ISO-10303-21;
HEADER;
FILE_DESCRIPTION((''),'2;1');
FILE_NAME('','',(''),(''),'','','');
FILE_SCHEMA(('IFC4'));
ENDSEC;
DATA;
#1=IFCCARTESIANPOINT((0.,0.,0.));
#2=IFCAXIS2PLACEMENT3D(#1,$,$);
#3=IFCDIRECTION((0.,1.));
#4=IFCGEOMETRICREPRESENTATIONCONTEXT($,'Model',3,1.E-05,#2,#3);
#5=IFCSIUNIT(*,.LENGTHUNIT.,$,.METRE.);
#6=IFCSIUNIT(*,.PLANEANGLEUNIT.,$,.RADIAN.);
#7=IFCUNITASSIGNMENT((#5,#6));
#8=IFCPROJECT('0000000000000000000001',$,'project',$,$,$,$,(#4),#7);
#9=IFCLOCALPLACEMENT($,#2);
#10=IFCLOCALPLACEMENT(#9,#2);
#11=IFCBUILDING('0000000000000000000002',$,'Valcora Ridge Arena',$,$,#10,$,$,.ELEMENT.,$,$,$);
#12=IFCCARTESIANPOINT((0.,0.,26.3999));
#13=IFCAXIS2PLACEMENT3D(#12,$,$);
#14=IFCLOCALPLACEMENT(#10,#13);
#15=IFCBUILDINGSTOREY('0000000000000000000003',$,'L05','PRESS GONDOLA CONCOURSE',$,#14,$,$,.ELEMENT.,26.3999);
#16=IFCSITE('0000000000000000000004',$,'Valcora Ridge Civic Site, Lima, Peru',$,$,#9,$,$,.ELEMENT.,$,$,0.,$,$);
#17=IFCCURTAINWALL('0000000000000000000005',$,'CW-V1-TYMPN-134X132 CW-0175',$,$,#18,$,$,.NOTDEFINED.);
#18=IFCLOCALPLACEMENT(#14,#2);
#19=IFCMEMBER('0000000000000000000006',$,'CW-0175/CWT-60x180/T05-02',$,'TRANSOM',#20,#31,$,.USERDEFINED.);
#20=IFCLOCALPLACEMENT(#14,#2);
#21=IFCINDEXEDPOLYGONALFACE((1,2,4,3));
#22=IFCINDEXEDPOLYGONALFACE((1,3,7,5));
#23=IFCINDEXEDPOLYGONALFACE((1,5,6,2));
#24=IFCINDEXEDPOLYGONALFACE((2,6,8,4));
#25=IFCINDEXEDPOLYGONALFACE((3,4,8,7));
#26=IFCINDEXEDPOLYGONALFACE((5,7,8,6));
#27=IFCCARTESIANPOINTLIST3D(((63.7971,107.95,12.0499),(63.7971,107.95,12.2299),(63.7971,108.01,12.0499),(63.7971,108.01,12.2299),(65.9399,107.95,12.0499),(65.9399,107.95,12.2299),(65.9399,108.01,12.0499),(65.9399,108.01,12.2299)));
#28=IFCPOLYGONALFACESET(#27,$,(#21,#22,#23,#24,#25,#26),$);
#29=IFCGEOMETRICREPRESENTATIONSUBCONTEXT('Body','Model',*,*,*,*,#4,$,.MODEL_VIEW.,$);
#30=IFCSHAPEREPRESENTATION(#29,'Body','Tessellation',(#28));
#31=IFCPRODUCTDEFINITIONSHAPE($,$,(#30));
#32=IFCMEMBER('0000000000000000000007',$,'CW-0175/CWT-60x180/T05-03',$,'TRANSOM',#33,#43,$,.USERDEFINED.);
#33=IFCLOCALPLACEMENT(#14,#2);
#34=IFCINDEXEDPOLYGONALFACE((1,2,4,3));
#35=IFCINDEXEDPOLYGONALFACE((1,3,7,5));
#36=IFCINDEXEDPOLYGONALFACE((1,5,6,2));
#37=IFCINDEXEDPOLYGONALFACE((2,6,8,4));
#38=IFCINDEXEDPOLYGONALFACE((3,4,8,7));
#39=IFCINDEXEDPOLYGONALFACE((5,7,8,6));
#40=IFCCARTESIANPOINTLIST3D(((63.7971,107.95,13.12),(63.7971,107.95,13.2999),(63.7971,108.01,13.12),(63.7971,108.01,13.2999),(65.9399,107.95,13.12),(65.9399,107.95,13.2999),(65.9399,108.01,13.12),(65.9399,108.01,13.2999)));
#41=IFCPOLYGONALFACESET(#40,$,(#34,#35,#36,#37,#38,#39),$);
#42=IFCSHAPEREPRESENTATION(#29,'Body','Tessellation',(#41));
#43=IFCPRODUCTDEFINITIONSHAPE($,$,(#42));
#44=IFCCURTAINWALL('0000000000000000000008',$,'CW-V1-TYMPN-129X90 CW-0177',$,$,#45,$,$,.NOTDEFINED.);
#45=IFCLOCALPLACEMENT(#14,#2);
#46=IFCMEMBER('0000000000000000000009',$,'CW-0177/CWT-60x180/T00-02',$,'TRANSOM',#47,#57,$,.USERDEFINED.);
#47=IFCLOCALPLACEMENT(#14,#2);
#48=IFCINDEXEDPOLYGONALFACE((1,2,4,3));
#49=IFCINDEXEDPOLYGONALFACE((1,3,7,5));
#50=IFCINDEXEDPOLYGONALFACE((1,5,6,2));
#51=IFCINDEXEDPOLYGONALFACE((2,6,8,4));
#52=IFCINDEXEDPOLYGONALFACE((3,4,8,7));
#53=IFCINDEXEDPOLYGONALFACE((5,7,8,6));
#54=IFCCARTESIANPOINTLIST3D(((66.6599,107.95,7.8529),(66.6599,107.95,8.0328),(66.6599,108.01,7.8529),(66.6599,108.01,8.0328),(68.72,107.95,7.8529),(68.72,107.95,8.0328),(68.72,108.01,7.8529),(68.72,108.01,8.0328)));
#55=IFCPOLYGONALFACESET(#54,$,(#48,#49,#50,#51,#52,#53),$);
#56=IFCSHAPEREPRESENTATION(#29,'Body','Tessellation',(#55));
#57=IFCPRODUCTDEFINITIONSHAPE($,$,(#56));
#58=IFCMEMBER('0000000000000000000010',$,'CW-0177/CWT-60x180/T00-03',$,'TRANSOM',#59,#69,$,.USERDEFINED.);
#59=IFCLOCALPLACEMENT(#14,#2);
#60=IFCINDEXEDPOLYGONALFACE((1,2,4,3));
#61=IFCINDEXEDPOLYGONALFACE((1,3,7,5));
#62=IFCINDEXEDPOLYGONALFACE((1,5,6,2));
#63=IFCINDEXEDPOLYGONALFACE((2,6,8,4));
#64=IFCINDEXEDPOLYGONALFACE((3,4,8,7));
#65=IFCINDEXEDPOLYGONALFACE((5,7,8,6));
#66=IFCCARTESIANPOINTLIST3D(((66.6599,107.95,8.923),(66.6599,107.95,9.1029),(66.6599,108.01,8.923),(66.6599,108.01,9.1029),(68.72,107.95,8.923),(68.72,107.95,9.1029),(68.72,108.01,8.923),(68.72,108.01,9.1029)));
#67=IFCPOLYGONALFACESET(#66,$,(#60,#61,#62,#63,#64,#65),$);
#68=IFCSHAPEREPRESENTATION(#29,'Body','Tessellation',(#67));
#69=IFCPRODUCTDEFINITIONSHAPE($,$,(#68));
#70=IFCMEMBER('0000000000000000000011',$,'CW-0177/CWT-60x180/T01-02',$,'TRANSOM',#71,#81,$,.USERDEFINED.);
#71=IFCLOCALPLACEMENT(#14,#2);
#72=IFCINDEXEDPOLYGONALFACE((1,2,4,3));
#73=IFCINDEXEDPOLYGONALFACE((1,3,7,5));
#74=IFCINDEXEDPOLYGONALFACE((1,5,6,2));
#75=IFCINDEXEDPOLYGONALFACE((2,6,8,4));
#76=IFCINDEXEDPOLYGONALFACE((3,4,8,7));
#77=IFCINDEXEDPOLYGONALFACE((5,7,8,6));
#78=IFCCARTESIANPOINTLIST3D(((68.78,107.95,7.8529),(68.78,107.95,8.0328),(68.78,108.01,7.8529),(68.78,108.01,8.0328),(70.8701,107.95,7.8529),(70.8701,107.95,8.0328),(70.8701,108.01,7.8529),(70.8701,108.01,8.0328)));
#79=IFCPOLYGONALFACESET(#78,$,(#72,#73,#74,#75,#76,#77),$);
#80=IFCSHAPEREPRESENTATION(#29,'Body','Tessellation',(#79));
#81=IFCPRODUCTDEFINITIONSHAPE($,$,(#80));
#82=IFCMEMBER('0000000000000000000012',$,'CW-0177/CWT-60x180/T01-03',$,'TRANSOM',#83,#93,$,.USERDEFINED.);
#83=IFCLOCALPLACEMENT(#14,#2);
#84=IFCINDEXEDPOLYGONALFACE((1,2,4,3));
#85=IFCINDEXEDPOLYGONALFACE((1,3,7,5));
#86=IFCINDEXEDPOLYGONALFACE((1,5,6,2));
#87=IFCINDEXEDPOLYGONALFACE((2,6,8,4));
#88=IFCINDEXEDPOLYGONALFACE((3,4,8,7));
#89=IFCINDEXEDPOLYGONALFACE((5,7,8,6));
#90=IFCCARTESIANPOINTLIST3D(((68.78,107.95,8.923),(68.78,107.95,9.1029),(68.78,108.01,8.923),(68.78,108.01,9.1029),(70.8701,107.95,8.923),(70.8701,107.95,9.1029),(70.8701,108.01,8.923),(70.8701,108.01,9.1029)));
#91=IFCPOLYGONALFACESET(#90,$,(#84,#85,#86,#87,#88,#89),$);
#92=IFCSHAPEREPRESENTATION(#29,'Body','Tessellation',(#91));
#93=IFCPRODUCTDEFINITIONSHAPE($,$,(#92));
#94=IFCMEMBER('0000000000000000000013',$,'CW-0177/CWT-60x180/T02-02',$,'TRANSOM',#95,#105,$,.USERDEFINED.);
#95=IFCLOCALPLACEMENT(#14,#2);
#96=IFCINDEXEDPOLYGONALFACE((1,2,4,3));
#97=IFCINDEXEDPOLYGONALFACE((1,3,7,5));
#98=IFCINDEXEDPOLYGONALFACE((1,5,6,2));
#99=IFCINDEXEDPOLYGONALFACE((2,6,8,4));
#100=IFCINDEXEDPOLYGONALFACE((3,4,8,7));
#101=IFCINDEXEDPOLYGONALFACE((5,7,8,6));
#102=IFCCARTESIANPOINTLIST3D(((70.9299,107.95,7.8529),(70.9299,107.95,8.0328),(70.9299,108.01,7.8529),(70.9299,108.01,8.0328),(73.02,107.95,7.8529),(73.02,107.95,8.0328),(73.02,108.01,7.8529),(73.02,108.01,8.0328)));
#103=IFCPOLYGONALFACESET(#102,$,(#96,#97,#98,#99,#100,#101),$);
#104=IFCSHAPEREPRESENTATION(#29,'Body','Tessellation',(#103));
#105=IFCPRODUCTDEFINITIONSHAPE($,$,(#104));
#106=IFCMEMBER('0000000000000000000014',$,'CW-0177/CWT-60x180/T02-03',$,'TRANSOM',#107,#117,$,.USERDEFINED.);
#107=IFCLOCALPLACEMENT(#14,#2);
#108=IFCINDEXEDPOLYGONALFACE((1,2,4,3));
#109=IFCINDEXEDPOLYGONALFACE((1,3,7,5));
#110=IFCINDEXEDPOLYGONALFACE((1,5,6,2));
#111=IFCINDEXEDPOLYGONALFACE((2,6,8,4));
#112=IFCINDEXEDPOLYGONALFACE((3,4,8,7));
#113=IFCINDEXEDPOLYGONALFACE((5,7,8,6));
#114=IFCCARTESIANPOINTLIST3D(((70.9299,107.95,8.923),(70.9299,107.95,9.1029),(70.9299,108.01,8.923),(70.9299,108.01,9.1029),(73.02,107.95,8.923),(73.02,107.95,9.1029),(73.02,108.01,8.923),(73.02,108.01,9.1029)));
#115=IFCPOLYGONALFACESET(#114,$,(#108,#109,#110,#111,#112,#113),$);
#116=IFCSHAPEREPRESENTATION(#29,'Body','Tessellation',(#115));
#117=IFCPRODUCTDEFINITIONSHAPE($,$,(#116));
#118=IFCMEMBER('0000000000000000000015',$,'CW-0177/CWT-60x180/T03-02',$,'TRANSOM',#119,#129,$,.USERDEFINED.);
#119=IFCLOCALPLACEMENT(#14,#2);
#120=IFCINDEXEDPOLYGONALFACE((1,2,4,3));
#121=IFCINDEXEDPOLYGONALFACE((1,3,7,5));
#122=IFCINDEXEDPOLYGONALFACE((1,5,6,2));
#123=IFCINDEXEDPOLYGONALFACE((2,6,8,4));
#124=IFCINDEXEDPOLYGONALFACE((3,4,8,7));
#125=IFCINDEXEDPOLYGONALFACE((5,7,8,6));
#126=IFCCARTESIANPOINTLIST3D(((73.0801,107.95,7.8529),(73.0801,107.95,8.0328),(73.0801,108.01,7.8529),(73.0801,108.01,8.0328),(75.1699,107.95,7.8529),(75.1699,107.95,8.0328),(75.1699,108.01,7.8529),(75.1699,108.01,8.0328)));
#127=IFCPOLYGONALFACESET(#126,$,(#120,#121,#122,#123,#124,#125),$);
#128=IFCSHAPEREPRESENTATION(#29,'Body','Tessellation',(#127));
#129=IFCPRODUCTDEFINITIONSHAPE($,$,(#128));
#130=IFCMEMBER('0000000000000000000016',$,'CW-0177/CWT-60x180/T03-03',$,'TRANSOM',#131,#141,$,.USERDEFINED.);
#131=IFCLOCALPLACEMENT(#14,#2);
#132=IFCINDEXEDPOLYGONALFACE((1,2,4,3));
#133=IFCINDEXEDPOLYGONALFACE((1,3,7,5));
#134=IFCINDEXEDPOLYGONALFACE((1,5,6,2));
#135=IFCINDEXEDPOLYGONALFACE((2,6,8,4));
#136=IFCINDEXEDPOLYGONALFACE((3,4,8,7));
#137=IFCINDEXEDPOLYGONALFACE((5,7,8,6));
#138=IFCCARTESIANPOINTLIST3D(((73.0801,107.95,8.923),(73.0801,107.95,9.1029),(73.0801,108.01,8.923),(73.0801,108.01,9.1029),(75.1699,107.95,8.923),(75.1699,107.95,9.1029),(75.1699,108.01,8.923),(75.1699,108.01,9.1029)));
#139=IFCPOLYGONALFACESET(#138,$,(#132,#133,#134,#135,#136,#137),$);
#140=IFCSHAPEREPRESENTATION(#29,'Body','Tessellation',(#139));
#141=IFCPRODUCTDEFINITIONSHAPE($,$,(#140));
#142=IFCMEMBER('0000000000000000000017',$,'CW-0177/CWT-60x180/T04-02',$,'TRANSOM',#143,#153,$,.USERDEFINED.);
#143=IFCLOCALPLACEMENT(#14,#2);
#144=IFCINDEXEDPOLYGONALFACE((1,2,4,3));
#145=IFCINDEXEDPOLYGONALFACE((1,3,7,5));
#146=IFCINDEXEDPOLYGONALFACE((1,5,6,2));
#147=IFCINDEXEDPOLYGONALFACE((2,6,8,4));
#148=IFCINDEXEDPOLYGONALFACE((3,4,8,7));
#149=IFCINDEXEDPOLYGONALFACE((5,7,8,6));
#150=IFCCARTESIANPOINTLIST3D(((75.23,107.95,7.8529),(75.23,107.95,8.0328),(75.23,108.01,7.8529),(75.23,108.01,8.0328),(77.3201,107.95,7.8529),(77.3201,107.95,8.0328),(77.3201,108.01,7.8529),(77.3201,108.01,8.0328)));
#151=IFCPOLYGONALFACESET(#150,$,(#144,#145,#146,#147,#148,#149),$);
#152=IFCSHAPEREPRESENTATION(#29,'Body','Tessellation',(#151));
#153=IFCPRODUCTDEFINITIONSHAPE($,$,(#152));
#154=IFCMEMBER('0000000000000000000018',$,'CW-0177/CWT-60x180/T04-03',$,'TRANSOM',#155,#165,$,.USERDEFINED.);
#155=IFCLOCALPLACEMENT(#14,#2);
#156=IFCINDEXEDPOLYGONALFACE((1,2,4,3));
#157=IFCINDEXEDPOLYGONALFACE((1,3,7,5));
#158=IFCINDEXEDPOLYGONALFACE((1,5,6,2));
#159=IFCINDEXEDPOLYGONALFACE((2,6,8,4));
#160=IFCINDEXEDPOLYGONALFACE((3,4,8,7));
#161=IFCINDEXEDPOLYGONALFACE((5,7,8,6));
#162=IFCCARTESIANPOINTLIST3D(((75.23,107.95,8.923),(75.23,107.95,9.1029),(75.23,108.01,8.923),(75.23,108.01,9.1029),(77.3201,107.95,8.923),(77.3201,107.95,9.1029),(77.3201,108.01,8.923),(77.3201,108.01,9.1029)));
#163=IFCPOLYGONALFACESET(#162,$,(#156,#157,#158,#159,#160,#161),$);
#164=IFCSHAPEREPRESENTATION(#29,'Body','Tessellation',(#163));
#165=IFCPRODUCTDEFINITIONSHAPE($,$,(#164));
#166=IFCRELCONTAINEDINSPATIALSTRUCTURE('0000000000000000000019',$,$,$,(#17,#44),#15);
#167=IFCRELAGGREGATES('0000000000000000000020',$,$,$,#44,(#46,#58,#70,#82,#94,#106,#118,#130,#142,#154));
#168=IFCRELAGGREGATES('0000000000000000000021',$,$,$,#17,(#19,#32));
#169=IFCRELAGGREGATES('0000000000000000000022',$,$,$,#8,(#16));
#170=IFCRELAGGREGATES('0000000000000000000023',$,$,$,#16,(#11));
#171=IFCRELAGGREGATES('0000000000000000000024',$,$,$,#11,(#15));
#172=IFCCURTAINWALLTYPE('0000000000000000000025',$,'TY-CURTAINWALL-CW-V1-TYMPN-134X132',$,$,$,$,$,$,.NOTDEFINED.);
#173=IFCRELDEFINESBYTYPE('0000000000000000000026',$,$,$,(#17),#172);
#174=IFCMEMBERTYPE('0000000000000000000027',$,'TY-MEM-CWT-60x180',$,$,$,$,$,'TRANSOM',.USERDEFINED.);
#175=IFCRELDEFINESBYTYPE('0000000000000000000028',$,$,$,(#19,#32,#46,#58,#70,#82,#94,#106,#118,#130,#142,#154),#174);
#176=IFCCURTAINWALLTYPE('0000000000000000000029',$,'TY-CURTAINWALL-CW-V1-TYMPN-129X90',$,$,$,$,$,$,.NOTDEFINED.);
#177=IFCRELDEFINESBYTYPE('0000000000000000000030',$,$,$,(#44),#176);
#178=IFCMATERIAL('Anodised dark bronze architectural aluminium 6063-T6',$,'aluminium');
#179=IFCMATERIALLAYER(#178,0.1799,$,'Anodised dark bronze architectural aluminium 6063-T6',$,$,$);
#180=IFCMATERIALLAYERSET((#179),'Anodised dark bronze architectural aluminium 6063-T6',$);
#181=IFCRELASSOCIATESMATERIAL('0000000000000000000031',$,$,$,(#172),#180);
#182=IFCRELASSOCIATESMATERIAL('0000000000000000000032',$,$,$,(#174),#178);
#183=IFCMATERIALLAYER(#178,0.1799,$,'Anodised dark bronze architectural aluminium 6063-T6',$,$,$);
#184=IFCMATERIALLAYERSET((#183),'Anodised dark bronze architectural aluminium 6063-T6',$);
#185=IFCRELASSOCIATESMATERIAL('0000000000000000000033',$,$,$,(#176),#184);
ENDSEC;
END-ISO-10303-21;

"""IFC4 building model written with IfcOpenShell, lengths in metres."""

from ifc_helpers import new_model, si_unit, direction, frame, origin, origin_2d, place, context, subcontext, project, spatial, rectangle, extrude, material, layer, layer_set, material_profile, profile_set, type_object, element, aggregate, save


model = new_model("IFC4")

# Units and contexts
model_context = context("Model", 3, precision=1e-05, world=origin(), true_north=direction((0.0, 1.0)))
body_context = subcontext(model_context, "Body", "Model", "MODEL_VIEW")
ifc_project = project(units=[si_unit("LENGTHUNIT", "METRE"), si_unit("PLANEANGLEUNIT", "RADIAN")], contexts=[model_context])

# Site, building, storey
site_placement = place(None, origin())
site = spatial("IfcSite", under=ifc_project, at=site_placement, Name="Valcora Ridge Civic Site, Lima, Peru", CompositionType="ELEMENT", RefElevation=0.0)
building_placement = place(site_placement, origin())
building = spatial("IfcBuilding", under=site, at=building_placement, Name="Valcora Ridge Arena", CompositionType="ELEMENT")
storey_placement = place(building_placement, frame((0.0, 0.0, 26.3999)))
storey = spatial("IfcBuildingStorey", under=building, at=storey_placement, Name="L05", Description="PRESS GONDOLA CONCOURSE", CompositionType="ELEMENT", Elevation=26.3999)

# Curtain walls, members
ifc_material_1 = material(Name="Anodised dark bronze architectural aluminium 6063-T6", Category="aluminium")
ifc_layer_1 = layer(ifc_material_1, 0.1799, Name="Anodised dark bronze architectural aluminium 6063-T6")
ifc_layer_set_1 = layer_set([ifc_layer_1], Name="Anodised dark bronze architectural aluminium 6063-T6")
curtain_wall_type_1 = type_object("IfcCurtainWallType", Name="TY-CURTAINWALL-CW-V1-TYMPN-134X132", PredefinedType="NOTDEFINED", material=ifc_layer_set_1)
curtain_wall_1_placement = place(storey_placement, origin())
curtain_wall_1 = element("IfcCurtainWall", 1, at=curtain_wall_1_placement, inside=storey, type_object=curtain_wall_type_1, Name="CW-V1-TYMPN-134X132 CW-0175", PredefinedType="NOTDEFINED")
ifc_material_profile_1 = material_profile(ifc_material_1, rectangle(XDim=0.0601, YDim=0.1799, at=origin_2d()), Name="ALU TRANSOM 60x180")
ifc_profile_set_1 = profile_set([ifc_material_profile_1], Name="Anodised dark bronze architectural aluminium 6063-T6")
member_type_1 = type_object("IfcMemberType", Name="TY-MEM-CWT-60x180", ElementType="TRANSOM", PredefinedType="USERDEFINED", material=ifc_profile_set_1)
member_1_placement = place(storey_placement, frame((63.7971, 107.98, 12.1399), z_axis=(1.0, 0.0, 0.0), x_axis=(0.0, 1.0, 0.0)))
member_1 = element("IfcMember", 2, at=member_1_placement, type_object=member_type_1, Name="CW-0175/CWT-60x180/T05-02", ObjectType="TRANSOM", PredefinedType="USERDEFINED", context=body_context, shape_type="SweptSolid", body=[
    extrude(rectangle(XDim=0.0601, YDim=0.1799, at=origin_2d()), origin(), (0.0, 0.0, 1.0), 2.1428),
])
member_2_placement = place(storey_placement, frame((63.7971, 107.98, 13.21), z_axis=(1.0, 0.0, 0.0), x_axis=(0.0, 1.0, 0.0)))
member_2 = element("IfcMember", 3, at=member_2_placement, type_object=member_type_1, Name="CW-0175/CWT-60x180/T05-03", ObjectType="TRANSOM", PredefinedType="USERDEFINED", context=body_context, shape_type="SweptSolid", body=[
    extrude(rectangle(XDim=0.0601, YDim=0.1799, at=origin_2d()), origin(), (0.0, 0.0, 1.0), 2.1428),
])
ifc_layer_2 = layer(ifc_material_1, 0.1799, Name="Anodised dark bronze architectural aluminium 6063-T6")
ifc_layer_set_2 = layer_set([ifc_layer_2], Name="Anodised dark bronze architectural aluminium 6063-T6")
curtain_wall_type_2 = type_object("IfcCurtainWallType", Name="TY-CURTAINWALL-CW-V1-TYMPN-129X90", PredefinedType="NOTDEFINED", material=ifc_layer_set_2)
curtain_wall_2_placement = place(storey_placement, origin())
curtain_wall_2 = element("IfcCurtainWall", 4, at=curtain_wall_2_placement, inside=storey, type_object=curtain_wall_type_2, Name="CW-V1-TYMPN-129X90 CW-0177", PredefinedType="NOTDEFINED")
member_3_placement = place(storey_placement, frame((66.6599, 107.98, 7.9429), z_axis=(1.0, 0.0, 0.0), x_axis=(0.0, 1.0, 0.0)))
member_3 = element("IfcMember", 5, at=member_3_placement, type_object=member_type_1, Name="CW-0177/CWT-60x180/T00-02", ObjectType="TRANSOM", PredefinedType="USERDEFINED", context=body_context, shape_type="SweptSolid", body=[
    extrude(rectangle(XDim=0.0601, YDim=0.1799, at=origin_2d()), origin(), (0.0, 0.0, 1.0), 2.0601),
])
member_4_placement = place(storey_placement, frame((66.6599, 107.98, 9.0129), z_axis=(1.0, 0.0, 0.0), x_axis=(0.0, 1.0, 0.0)))
member_4 = element("IfcMember", 6, at=member_4_placement, type_object=member_type_1, Name="CW-0177/CWT-60x180/T00-03", ObjectType="TRANSOM", PredefinedType="USERDEFINED", context=body_context, shape_type="SweptSolid", body=[
    extrude(rectangle(XDim=0.0601, YDim=0.1799, at=origin_2d()), origin(), (0.0, 0.0, 1.0), 2.0601),
])
member_5_placement = place(storey_placement, frame((68.78, 107.98, 7.9429), z_axis=(1.0, 0.0, 0.0), x_axis=(0.0, 1.0, 0.0)))
member_5 = element("IfcMember", 7, at=member_5_placement, type_object=member_type_1, Name="CW-0177/CWT-60x180/T01-02", ObjectType="TRANSOM", PredefinedType="USERDEFINED", context=body_context, shape_type="SweptSolid", body=[
    extrude(rectangle(XDim=0.0601, YDim=0.1799, at=origin_2d()), origin(), (0.0, 0.0, 1.0), 2.0901),
])
member_6_placement = place(storey_placement, frame((68.78, 107.98, 9.0129), z_axis=(1.0, 0.0, 0.0), x_axis=(0.0, 1.0, 0.0)))
member_6 = element("IfcMember", 8, at=member_6_placement, type_object=member_type_1, Name="CW-0177/CWT-60x180/T01-03", ObjectType="TRANSOM", PredefinedType="USERDEFINED", context=body_context, shape_type="SweptSolid", body=[
    extrude(rectangle(XDim=0.0601, YDim=0.1799, at=origin_2d()), origin(), (0.0, 0.0, 1.0), 2.0901),
])
member_7_placement = place(storey_placement, frame((70.9299, 107.98, 7.9429), z_axis=(1.0, 0.0, 0.0), x_axis=(0.0, 1.0, 0.0)))
member_7 = element("IfcMember", 9, at=member_7_placement, type_object=member_type_1, Name="CW-0177/CWT-60x180/T02-02", ObjectType="TRANSOM", PredefinedType="USERDEFINED", context=body_context, shape_type="SweptSolid", body=[
    extrude(rectangle(XDim=0.0601, YDim=0.1799, at=origin_2d()), origin(), (0.0, 0.0, 1.0), 2.0901),
])
member_8_placement = place(storey_placement, frame((70.9299, 107.98, 9.0129), z_axis=(1.0, 0.0, 0.0), x_axis=(0.0, 1.0, 0.0)))
member_8 = element("IfcMember", 10, at=member_8_placement, type_object=member_type_1, Name="CW-0177/CWT-60x180/T02-03", ObjectType="TRANSOM", PredefinedType="USERDEFINED", context=body_context, shape_type="SweptSolid", body=[
    extrude(rectangle(XDim=0.0601, YDim=0.1799, at=origin_2d()), origin(), (0.0, 0.0, 1.0), 2.0901),
])
member_9_placement = place(storey_placement, frame((73.0801, 107.98, 7.9429), z_axis=(1.0, 0.0, 0.0), x_axis=(0.0, 1.0, 0.0)))
member_9 = element("IfcMember", 11, at=member_9_placement, type_object=member_type_1, Name="CW-0177/CWT-60x180/T03-02", ObjectType="TRANSOM", PredefinedType="USERDEFINED", context=body_context, shape_type="SweptSolid", body=[
    extrude(rectangle(XDim=0.0601, YDim=0.1799, at=origin_2d()), origin(), (0.0, 0.0, 1.0), 2.0898),
])
member_10_placement = place(storey_placement, frame((73.0801, 107.98, 9.0129), z_axis=(1.0, 0.0, 0.0), x_axis=(0.0, 1.0, 0.0)))
member_10 = element("IfcMember", 12, at=member_10_placement, type_object=member_type_1, Name="CW-0177/CWT-60x180/T03-03", ObjectType="TRANSOM", PredefinedType="USERDEFINED", context=body_context, shape_type="SweptSolid", body=[
    extrude(rectangle(XDim=0.0601, YDim=0.1799, at=origin_2d()), origin(), (0.0, 0.0, 1.0), 2.0898),
])
member_11_placement = place(storey_placement, frame((75.23, 107.98, 7.9429), z_axis=(1.0, 0.0, 0.0), x_axis=(0.0, 1.0, 0.0)))
member_11 = element("IfcMember", 13, at=member_11_placement, type_object=member_type_1, Name="CW-0177/CWT-60x180/T04-02", ObjectType="TRANSOM", PredefinedType="USERDEFINED", context=body_context, shape_type="SweptSolid", body=[
    extrude(rectangle(XDim=0.0601, YDim=0.1799, at=origin_2d()), origin(), (0.0, 0.0, 1.0), 2.0901),
])
member_12_placement = place(storey_placement, frame((75.23, 107.98, 9.0129), z_axis=(1.0, 0.0, 0.0), x_axis=(0.0, 1.0, 0.0)))
member_12 = element("IfcMember", 14, at=member_12_placement, type_object=member_type_1, Name="CW-0177/CWT-60x180/T04-03", ObjectType="TRANSOM", PredefinedType="USERDEFINED", context=body_context, shape_type="SweptSolid", body=[
    extrude(rectangle(XDim=0.0601, YDim=0.1799, at=origin_2d()), origin(), (0.0, 0.0, 1.0), 2.0901),
])

aggregate(curtain_wall_2, [member_3, member_4, member_5, member_6, member_7, member_8, member_9, member_10, member_11, member_12])
aggregate(curtain_wall_1, [member_1, member_2])

save(model, "model.ifc")
